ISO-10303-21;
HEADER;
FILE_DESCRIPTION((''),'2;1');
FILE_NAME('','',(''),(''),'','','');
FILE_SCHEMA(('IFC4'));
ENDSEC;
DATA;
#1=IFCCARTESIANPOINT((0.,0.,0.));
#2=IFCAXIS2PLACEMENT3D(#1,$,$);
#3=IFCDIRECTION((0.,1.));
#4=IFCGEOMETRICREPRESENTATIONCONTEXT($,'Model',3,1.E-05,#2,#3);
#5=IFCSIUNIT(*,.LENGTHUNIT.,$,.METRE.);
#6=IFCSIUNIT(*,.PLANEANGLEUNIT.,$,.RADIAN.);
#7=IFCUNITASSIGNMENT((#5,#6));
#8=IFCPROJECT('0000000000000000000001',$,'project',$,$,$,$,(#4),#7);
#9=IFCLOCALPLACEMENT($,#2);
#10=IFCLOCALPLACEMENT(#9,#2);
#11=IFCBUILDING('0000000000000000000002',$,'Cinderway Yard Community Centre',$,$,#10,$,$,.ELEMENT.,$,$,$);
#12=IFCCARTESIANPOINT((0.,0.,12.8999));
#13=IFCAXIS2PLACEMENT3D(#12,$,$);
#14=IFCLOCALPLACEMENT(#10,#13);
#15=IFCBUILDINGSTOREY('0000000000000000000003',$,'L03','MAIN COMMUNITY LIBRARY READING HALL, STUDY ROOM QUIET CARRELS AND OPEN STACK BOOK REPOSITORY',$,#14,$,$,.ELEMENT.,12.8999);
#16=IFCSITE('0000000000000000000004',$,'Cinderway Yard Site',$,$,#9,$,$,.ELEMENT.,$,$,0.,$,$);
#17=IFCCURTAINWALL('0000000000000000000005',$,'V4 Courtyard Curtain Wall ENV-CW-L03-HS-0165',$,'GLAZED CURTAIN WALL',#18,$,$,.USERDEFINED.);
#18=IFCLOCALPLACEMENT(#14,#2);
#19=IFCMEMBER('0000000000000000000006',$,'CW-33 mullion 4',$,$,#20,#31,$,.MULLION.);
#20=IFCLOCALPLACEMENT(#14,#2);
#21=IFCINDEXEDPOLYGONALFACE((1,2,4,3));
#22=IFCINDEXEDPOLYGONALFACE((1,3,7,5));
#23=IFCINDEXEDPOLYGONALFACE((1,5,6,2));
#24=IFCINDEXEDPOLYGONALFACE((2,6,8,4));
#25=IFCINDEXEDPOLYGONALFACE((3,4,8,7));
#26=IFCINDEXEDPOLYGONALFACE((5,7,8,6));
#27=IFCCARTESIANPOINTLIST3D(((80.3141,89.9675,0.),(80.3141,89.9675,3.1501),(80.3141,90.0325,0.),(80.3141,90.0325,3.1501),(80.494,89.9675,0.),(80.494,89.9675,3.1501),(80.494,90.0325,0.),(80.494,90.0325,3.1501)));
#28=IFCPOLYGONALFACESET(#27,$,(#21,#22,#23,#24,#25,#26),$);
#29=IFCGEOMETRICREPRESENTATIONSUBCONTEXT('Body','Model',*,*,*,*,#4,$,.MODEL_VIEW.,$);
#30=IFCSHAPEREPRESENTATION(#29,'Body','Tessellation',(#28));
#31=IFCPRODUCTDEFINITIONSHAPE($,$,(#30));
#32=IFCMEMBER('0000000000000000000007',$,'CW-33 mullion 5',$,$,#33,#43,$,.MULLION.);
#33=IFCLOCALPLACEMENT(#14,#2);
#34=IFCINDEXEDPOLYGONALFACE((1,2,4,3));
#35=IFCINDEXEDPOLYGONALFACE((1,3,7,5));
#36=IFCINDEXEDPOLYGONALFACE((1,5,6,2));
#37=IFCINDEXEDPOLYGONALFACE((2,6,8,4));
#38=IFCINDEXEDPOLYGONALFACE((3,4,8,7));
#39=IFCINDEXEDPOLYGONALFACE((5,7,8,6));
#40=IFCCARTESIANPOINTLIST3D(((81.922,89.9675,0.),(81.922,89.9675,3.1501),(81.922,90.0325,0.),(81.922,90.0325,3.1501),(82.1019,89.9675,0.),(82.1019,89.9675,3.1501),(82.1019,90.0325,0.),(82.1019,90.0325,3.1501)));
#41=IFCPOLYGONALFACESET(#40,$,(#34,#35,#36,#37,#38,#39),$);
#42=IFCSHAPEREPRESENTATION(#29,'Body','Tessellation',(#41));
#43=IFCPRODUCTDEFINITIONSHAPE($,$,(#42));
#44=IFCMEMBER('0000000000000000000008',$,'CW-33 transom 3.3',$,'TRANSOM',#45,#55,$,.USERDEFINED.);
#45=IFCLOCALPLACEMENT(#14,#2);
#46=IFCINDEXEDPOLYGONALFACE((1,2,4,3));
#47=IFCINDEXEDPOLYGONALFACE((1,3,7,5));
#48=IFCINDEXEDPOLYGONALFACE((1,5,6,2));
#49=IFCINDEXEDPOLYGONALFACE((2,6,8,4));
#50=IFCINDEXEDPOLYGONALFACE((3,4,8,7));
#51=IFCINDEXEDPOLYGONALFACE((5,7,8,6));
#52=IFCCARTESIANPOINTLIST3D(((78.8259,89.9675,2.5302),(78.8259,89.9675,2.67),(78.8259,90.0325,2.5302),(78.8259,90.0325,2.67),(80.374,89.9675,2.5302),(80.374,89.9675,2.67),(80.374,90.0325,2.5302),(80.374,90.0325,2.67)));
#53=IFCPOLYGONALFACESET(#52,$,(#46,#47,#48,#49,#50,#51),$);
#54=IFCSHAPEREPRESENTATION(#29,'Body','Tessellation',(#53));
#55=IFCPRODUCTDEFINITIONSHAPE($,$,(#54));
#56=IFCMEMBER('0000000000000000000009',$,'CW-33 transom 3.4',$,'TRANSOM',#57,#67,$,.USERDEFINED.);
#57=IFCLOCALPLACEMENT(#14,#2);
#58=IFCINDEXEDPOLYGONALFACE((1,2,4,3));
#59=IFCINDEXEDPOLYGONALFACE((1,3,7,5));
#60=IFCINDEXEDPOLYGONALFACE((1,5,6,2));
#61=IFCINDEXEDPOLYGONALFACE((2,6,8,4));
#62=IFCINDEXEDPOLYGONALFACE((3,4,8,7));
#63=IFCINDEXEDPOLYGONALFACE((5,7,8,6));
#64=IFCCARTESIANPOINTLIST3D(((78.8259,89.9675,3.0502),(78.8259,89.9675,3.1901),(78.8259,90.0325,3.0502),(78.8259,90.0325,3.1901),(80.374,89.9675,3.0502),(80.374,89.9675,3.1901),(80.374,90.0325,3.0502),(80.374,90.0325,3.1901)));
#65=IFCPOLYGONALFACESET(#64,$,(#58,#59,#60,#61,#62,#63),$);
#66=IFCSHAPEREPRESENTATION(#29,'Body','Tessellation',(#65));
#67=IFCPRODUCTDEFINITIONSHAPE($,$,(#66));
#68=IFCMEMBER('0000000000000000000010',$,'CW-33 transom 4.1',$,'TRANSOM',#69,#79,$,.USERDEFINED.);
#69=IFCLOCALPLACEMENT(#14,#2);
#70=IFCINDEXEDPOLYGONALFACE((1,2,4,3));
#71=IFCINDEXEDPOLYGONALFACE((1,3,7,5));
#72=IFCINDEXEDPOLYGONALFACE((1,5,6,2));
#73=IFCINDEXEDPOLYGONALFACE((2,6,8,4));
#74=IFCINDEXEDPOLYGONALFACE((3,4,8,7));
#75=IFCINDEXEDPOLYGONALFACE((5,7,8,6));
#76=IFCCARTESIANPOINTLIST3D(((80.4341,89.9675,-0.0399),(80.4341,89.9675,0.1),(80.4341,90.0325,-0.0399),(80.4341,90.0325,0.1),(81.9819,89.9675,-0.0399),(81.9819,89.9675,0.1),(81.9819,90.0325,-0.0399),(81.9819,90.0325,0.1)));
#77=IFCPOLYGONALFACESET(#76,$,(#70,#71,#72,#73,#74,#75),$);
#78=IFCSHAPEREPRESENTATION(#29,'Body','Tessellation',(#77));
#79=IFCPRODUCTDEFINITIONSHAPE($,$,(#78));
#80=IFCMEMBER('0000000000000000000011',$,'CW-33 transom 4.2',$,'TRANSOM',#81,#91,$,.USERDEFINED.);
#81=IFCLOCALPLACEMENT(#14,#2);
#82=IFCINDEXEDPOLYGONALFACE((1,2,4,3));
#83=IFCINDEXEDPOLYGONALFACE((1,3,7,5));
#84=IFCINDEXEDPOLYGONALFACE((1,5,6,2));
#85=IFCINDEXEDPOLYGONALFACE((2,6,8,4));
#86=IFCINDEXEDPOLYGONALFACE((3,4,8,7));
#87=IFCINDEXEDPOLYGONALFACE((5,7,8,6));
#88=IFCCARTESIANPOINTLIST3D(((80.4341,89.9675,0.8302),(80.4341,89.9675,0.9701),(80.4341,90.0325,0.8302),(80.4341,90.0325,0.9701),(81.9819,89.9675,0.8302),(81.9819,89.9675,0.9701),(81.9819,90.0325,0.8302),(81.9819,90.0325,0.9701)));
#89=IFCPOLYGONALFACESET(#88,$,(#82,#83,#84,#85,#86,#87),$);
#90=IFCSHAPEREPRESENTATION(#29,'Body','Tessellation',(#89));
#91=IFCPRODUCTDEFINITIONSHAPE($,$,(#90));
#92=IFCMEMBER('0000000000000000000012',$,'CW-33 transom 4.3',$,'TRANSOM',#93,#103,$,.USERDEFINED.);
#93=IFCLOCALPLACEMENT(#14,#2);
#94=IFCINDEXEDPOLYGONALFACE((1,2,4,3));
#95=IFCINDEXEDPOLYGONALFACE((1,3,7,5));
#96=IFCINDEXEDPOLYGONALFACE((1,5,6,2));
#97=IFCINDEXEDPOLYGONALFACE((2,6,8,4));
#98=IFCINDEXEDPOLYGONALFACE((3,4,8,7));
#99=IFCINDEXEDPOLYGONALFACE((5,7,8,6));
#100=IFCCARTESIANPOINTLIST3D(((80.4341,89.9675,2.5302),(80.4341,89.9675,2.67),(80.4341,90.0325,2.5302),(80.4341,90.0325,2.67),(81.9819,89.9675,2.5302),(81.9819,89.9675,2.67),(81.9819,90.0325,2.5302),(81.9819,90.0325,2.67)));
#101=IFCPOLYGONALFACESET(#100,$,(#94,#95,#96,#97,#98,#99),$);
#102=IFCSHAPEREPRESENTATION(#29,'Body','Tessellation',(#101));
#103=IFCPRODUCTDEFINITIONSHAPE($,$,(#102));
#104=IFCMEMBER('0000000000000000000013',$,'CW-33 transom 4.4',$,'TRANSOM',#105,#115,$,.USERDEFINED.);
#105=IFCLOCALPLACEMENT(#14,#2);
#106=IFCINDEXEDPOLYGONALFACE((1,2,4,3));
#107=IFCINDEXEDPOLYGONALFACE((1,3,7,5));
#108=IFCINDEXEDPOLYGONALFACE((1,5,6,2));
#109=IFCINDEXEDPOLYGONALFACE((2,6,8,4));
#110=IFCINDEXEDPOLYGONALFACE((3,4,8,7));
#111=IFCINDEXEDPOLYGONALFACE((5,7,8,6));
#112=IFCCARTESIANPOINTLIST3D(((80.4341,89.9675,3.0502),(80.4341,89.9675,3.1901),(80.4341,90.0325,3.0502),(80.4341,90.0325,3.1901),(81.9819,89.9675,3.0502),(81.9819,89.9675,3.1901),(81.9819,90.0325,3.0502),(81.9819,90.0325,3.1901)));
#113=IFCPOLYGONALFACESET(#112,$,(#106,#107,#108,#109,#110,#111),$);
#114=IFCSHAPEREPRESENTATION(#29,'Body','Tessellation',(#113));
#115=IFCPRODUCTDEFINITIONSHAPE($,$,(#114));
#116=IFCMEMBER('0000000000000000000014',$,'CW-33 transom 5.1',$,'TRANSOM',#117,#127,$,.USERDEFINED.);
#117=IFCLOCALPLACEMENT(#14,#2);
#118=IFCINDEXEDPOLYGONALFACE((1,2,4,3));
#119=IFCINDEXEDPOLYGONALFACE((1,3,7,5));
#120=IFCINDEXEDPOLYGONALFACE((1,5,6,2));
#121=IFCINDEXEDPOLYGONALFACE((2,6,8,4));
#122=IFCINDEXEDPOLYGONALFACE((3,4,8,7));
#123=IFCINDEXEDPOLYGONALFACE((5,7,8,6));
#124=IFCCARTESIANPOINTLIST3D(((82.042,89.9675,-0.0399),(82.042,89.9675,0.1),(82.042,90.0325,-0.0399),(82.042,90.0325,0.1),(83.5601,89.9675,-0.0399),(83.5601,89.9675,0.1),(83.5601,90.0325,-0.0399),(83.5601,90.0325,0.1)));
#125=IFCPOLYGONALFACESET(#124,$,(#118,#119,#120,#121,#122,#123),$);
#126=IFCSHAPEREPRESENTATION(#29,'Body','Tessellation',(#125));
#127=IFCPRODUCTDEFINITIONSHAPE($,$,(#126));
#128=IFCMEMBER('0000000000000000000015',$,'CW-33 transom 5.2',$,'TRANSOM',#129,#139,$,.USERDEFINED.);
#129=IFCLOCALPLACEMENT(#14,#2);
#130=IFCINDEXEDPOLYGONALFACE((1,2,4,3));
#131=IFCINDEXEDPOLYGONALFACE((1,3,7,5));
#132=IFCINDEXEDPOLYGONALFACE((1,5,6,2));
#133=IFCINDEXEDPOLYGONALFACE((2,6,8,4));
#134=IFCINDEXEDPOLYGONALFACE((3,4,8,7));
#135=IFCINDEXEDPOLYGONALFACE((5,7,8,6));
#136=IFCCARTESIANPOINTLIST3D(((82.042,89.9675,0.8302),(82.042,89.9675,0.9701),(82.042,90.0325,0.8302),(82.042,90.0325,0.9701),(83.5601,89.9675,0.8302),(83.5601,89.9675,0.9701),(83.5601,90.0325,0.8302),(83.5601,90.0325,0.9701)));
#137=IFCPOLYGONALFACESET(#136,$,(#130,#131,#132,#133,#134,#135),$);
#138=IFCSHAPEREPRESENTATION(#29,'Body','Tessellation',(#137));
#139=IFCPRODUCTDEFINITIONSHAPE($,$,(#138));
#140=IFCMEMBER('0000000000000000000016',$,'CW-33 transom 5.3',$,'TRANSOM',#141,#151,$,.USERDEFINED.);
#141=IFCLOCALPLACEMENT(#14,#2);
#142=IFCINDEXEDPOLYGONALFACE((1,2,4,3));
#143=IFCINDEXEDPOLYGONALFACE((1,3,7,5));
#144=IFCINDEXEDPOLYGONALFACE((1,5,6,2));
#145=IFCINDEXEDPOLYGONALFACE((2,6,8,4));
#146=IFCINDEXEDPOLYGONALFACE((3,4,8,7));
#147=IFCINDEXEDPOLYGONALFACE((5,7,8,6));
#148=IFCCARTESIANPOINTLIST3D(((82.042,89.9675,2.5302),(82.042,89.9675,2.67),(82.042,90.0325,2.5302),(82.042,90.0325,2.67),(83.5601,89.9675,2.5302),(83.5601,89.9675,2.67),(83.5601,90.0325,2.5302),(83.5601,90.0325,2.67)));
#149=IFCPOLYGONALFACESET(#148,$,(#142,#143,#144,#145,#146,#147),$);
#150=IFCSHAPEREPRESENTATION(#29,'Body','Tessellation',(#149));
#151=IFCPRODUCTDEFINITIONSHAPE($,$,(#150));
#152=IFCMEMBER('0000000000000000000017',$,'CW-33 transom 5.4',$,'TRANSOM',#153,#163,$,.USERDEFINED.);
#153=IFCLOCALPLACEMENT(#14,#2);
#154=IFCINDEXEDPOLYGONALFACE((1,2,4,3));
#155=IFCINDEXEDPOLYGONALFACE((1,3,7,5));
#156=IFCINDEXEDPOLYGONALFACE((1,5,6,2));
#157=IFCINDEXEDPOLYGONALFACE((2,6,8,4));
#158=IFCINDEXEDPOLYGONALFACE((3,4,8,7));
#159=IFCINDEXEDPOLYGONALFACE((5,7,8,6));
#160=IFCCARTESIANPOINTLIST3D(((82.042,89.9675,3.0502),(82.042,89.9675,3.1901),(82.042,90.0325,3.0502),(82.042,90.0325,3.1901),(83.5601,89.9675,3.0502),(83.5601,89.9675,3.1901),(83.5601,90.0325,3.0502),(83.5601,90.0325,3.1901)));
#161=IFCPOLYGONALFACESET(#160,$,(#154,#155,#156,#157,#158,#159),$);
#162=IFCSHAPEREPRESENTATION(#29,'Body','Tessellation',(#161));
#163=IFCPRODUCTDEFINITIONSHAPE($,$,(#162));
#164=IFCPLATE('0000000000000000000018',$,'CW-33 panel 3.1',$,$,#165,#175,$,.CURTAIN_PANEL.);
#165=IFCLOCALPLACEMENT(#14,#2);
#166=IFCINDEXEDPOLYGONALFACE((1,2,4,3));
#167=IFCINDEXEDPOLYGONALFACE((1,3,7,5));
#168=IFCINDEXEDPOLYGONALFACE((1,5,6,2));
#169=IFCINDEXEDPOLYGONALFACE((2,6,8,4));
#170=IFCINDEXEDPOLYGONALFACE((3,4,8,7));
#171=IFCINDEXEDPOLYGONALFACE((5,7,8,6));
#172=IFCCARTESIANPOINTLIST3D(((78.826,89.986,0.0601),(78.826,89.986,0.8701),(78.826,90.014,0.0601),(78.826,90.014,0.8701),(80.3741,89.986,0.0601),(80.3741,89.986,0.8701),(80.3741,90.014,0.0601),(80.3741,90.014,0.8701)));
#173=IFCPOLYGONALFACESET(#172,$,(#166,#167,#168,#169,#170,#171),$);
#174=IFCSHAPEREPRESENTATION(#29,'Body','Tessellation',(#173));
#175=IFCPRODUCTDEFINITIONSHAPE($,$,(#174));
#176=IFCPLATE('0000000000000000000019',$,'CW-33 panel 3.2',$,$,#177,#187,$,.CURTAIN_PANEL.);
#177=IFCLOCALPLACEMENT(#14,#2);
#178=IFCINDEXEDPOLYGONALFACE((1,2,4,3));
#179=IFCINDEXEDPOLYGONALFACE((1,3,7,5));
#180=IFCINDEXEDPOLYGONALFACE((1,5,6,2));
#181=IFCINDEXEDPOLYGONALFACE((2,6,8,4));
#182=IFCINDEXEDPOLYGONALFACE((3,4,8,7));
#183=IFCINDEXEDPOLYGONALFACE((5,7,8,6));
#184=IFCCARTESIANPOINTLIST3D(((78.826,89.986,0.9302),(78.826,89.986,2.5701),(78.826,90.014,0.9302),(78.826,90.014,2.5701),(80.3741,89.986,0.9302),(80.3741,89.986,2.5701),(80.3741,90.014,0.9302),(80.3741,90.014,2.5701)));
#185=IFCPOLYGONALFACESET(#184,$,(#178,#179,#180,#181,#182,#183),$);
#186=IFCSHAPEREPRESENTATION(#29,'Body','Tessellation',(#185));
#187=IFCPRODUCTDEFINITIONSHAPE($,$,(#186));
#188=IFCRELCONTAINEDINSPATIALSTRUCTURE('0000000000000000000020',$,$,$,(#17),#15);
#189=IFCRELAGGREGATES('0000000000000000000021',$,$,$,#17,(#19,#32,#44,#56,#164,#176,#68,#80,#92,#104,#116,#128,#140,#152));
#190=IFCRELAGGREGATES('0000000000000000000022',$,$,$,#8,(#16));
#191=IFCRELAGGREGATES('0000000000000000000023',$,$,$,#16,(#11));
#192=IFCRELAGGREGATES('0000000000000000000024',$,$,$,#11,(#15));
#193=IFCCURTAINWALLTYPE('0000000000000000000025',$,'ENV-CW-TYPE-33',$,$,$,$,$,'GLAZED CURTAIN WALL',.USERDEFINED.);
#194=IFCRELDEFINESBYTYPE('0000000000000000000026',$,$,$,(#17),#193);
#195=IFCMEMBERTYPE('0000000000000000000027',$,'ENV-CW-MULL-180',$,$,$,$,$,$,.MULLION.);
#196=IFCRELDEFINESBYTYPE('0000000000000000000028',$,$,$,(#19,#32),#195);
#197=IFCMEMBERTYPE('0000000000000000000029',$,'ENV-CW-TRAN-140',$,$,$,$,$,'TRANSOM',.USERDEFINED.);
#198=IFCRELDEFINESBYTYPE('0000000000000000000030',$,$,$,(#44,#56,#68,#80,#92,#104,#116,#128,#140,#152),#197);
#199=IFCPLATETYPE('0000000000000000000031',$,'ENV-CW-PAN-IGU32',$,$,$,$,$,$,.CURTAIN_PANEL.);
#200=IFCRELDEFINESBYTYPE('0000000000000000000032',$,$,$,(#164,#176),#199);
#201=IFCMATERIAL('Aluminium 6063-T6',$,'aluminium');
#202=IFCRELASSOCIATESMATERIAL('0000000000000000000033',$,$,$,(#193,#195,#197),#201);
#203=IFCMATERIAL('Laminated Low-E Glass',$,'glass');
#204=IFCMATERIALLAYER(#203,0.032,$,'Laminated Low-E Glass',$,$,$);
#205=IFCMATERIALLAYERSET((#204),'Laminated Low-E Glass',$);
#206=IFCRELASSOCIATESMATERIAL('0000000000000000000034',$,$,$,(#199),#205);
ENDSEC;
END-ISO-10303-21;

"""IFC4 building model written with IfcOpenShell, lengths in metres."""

from ifc_helpers import new_model, si_unit, direction, frame, origin, origin_2d, place, context, subcontext, project, spatial, rectangle, extrude, material, layer, layer_set, material_profile, profile_set, type_object, element, aggregate, save


model = new_model("IFC4")

# Units and contexts
model_context = context("Model", 3, precision=1e-05, world=origin(), true_north=direction((0.0, 1.0)))
body_context = subcontext(model_context, "Body", "Model", "MODEL_VIEW")
ifc_project = project(units=[si_unit("LENGTHUNIT", "METRE"), si_unit("PLANEANGLEUNIT", "RADIAN")], contexts=[model_context])

# Site, building, storey
site_placement = place(None, origin())
site = spatial("IfcSite", under=ifc_project, at=site_placement, Name="Cinderway Yard Site", CompositionType="ELEMENT", RefElevation=0.0)
building_placement = place(site_placement, origin())
building = spatial("IfcBuilding", under=site, at=building_placement, Name="Cinderway Yard Community Centre", CompositionType="ELEMENT")
storey_placement = place(building_placement, frame((0.0, 0.0, 12.8999)))
storey = spatial("IfcBuildingStorey", under=building, at=storey_placement, Name="L03", Description="MAIN COMMUNITY LIBRARY READING HALL, STUDY ROOM QUIET CARRELS AND OPEN STACK BOOK REPOSITORY", CompositionType="ELEMENT", Elevation=12.8999)

# Curtain wall, members, plates
ifc_material_1 = material(Name="Aluminium 6063-T6", Category="aluminium")
curtain_wall_type = type_object("IfcCurtainWallType", Name="ENV-CW-TYPE-33", ElementType="GLAZED CURTAIN WALL", PredefinedType="USERDEFINED", material=ifc_material_1)
curtain_wall_placement = place(storey_placement, origin())
curtain_wall = element("IfcCurtainWall", 1, at=curtain_wall_placement, inside=storey, type_object=curtain_wall_type, Name="V4 Courtyard Curtain Wall ENV-CW-L03-HS-0165", ObjectType="GLAZED CURTAIN WALL", PredefinedType="USERDEFINED")
ifc_material_profile_1 = material_profile(ifc_material_1, rectangle(XDim=0.0649, YDim=0.1799, at=origin_2d()), Name="Aluminium 6063-T6")
ifc_profile_set_1 = profile_set([ifc_material_profile_1], Name="Aluminium 6063-T6")
member_type_1 = type_object("IfcMemberType", Name="ENV-CW-MULL-180", PredefinedType="MULLION", material=ifc_profile_set_1)
member_1_placement = place(storey_placement, frame((80.4041, 90.0, 0.0), z_axis=(0.0, 0.0, 1.0), x_axis=(0.0, 1.0, 0.0)))
member_1 = element("IfcMember", 2, at=member_1_placement, type_object=member_type_1, Name="CW-33 mullion 4", PredefinedType="MULLION", context=body_context, shape_type="SweptSolid", body=[
    extrude(rectangle(XDim=0.0649, YDim=0.1799, at=origin_2d()), origin(), (0.0, 0.0, 1.0), 3.1501),
])
member_2_placement = place(storey_placement, frame((82.012, 90.0, 0.0), z_axis=(0.0, 0.0, 1.0), x_axis=(0.0, 1.0, 0.0)))
member_2 = element("IfcMember", 3, at=member_2_placement, type_object=member_type_1, Name="CW-33 mullion 5", PredefinedType="MULLION", context=body_context, shape_type="SweptSolid", body=[
    extrude(rectangle(XDim=0.0649, YDim=0.1799, at=origin_2d()), origin(), (0.0, 0.0, 1.0), 3.1501),
])
ifc_material_profile_2 = material_profile(ifc_material_1, rectangle(XDim=0.0649, YDim=0.1399, at=origin_2d()), Name="Aluminium 6063-T6")
ifc_profile_set_2 = profile_set([ifc_material_profile_2], Name="Aluminium 6063-T6")
member_type_2 = type_object("IfcMemberType", Name="ENV-CW-TRAN-140", ElementType="TRANSOM", PredefinedType="USERDEFINED", material=ifc_profile_set_2)
member_3_placement = place(storey_placement, frame((78.8259, 90.0, 2.6001), z_axis=(1.0, 0.0, 0.0), x_axis=(0.0, 1.0, 0.0)))
member_3 = element("IfcMember", 4, at=member_3_placement, type_object=member_type_2, Name="CW-33 transom 3.3", ObjectType="TRANSOM", PredefinedType="USERDEFINED", context=body_context, shape_type="SweptSolid", body=[
    extrude(rectangle(XDim=0.0649, YDim=0.1399, at=origin_2d()), origin(), (0.0, 0.0, 1.0), 1.5481),
])
member_4_placement = place(storey_placement, frame((78.8259, 90.0, 3.1201), z_axis=(1.0, 0.0, 0.0), x_axis=(0.0, 1.0, 0.0)))
member_4 = element("IfcMember", 5, at=member_4_placement, type_object=member_type_2, Name="CW-33 transom 3.4", ObjectType="TRANSOM", PredefinedType="USERDEFINED", context=body_context, shape_type="SweptSolid", body=[
    extrude(rectangle(XDim=0.0649, YDim=0.1399, at=origin_2d()), origin(), (0.0, 0.0, 1.0), 1.5481),
])
member_5_placement = place(storey_placement, frame((80.4341, 90.0, 0.03), z_axis=(1.0, 0.0, 0.0), x_axis=(0.0, 1.0, 0.0)))
member_5 = element("IfcMember", 6, at=member_5_placement, type_object=member_type_2, Name="CW-33 transom 4.1", ObjectType="TRANSOM", PredefinedType="USERDEFINED", context=body_context, shape_type="SweptSolid", body=[
    extrude(rectangle(XDim=0.0649, YDim=0.1399, at=origin_2d()), origin(), (0.0, 0.0, 1.0), 1.5479),
])
member_6_placement = place(storey_placement, frame((80.4341, 90.0, 0.9001), z_axis=(1.0, 0.0, 0.0), x_axis=(0.0, 1.0, 0.0)))
member_6 = element("IfcMember", 7, at=member_6_placement, type_object=member_type_2, Name="CW-33 transom 4.2", ObjectType="TRANSOM", PredefinedType="USERDEFINED", context=body_context, shape_type="SweptSolid", body=[
    extrude(rectangle(XDim=0.0649, YDim=0.1399, at=origin_2d()), origin(), (0.0, 0.0, 1.0), 1.5479),
])
member_7_placement = place(storey_placement, frame((80.4341, 90.0, 2.6001), z_axis=(1.0, 0.0, 0.0), x_axis=(0.0, 1.0, 0.0)))
member_7 = element("IfcMember", 8, at=member_7_placement, type_object=member_type_2, Name="CW-33 transom 4.3", ObjectType="TRANSOM", PredefinedType="USERDEFINED", context=body_context, shape_type="SweptSolid", body=[
    extrude(rectangle(XDim=0.0649, YDim=0.1399, at=origin_2d()), origin(), (0.0, 0.0, 1.0), 1.5479),
])
member_8_placement = place(storey_placement, frame((80.4341, 90.0, 3.1201), z_axis=(1.0, 0.0, 0.0), x_axis=(0.0, 1.0, 0.0)))
member_8 = element("IfcMember", 9, at=member_8_placement, type_object=member_type_2, Name="CW-33 transom 4.4", ObjectType="TRANSOM", PredefinedType="USERDEFINED", context=body_context, shape_type="SweptSolid", body=[
    extrude(rectangle(XDim=0.0649, YDim=0.1399, at=origin_2d()), origin(), (0.0, 0.0, 1.0), 1.5479),
])
member_9_placement = place(storey_placement, frame((82.042, 90.0, 0.03), z_axis=(1.0, 0.0, 0.0), x_axis=(0.0, 1.0, 0.0)))
member_9 = element("IfcMember", 10, at=member_9_placement, type_object=member_type_2, Name="CW-33 transom 5.1", ObjectType="TRANSOM", PredefinedType="USERDEFINED", context=body_context, shape_type="SweptSolid", body=[
    extrude(rectangle(XDim=0.0649, YDim=0.1399, at=origin_2d()), origin(), (0.0, 0.0, 1.0), 1.5181),
])
member_10_placement = place(storey_placement, frame((82.042, 90.0, 0.9001), z_axis=(1.0, 0.0, 0.0), x_axis=(0.0, 1.0, 0.0)))
member_10 = element("IfcMember", 11, at=member_10_placement, type_object=member_type_2, Name="CW-33 transom 5.2", ObjectType="TRANSOM", PredefinedType="USERDEFINED", context=body_context, shape_type="SweptSolid", body=[
    extrude(rectangle(XDim=0.0649, YDim=0.1399, at=origin_2d()), origin(), (0.0, 0.0, 1.0), 1.5181),
])
member_11_placement = place(storey_placement, frame((82.042, 90.0, 2.6001), z_axis=(1.0, 0.0, 0.0), x_axis=(0.0, 1.0, 0.0)))
member_11 = element("IfcMember", 12, at=member_11_placement, type_object=member_type_2, Name="CW-33 transom 5.3", ObjectType="TRANSOM", PredefinedType="USERDEFINED", context=body_context, shape_type="SweptSolid", body=[
    extrude(rectangle(XDim=0.0649, YDim=0.1399, at=origin_2d()), origin(), (0.0, 0.0, 1.0), 1.5181),
])
member_12_placement = place(storey_placement, frame((82.042, 90.0, 3.1201), z_axis=(1.0, 0.0, 0.0), x_axis=(0.0, 1.0, 0.0)))
member_12 = element("IfcMember", 13, at=member_12_placement, type_object=member_type_2, Name="CW-33 transom 5.4", ObjectType="TRANSOM", PredefinedType="USERDEFINED", context=body_context, shape_type="SweptSolid", body=[
    extrude(rectangle(XDim=0.0649, YDim=0.1399, at=origin_2d()), origin(), (0.0, 0.0, 1.0), 1.5181),
])
ifc_material_2 = material(Name="Laminated Low-E Glass", Category="glass")
ifc_layer = layer(ifc_material_2, 0.032, Name="Laminated Low-E Glass")
ifc_layer_set = layer_set([ifc_layer], Name="Laminated Low-E Glass")
plate_type = type_object("IfcPlateType", Name="ENV-CW-PAN-IGU32", PredefinedType="CURTAIN_PANEL", material=ifc_layer_set)
plate_1_placement = place(storey_placement, frame((79.6001, 90.0, 0.0601), z_axis=(0.0, 0.0, 1.0), x_axis=(1.0, 0.0, 0.0)))
plate_1 = element("IfcPlate", 14, at=plate_1_placement, type_object=plate_type, Name="CW-33 panel 3.1", PredefinedType="CURTAIN_PANEL", context=body_context, shape_type="SweptSolid", body=[
    extrude(rectangle(XDim=1.5481, YDim=0.0281, at=origin_2d()), origin(), (0.0, 0.0, 1.0), 0.8101),
])
plate_2_placement = place(storey_placement, frame((79.6001, 90.0, 0.9302), z_axis=(0.0, 0.0, 1.0), x_axis=(1.0, 0.0, 0.0)))
plate_2 = element("IfcPlate", 15, at=plate_2_placement, type_object=plate_type, Name="CW-33 panel 3.2", PredefinedType="CURTAIN_PANEL", context=body_context, shape_type="SweptSolid", body=[
    extrude(rectangle(XDim=1.5481, YDim=0.0281, at=origin_2d()), origin(), (0.0, 0.0, 1.0), 1.6399),
])
aggregate(curtain_wall, [member_1, member_2, member_3, member_4, plate_1, plate_2, member_5, member_6, member_7, member_8, member_9, member_10, member_11, member_12])

save(model, "model.ifc")
